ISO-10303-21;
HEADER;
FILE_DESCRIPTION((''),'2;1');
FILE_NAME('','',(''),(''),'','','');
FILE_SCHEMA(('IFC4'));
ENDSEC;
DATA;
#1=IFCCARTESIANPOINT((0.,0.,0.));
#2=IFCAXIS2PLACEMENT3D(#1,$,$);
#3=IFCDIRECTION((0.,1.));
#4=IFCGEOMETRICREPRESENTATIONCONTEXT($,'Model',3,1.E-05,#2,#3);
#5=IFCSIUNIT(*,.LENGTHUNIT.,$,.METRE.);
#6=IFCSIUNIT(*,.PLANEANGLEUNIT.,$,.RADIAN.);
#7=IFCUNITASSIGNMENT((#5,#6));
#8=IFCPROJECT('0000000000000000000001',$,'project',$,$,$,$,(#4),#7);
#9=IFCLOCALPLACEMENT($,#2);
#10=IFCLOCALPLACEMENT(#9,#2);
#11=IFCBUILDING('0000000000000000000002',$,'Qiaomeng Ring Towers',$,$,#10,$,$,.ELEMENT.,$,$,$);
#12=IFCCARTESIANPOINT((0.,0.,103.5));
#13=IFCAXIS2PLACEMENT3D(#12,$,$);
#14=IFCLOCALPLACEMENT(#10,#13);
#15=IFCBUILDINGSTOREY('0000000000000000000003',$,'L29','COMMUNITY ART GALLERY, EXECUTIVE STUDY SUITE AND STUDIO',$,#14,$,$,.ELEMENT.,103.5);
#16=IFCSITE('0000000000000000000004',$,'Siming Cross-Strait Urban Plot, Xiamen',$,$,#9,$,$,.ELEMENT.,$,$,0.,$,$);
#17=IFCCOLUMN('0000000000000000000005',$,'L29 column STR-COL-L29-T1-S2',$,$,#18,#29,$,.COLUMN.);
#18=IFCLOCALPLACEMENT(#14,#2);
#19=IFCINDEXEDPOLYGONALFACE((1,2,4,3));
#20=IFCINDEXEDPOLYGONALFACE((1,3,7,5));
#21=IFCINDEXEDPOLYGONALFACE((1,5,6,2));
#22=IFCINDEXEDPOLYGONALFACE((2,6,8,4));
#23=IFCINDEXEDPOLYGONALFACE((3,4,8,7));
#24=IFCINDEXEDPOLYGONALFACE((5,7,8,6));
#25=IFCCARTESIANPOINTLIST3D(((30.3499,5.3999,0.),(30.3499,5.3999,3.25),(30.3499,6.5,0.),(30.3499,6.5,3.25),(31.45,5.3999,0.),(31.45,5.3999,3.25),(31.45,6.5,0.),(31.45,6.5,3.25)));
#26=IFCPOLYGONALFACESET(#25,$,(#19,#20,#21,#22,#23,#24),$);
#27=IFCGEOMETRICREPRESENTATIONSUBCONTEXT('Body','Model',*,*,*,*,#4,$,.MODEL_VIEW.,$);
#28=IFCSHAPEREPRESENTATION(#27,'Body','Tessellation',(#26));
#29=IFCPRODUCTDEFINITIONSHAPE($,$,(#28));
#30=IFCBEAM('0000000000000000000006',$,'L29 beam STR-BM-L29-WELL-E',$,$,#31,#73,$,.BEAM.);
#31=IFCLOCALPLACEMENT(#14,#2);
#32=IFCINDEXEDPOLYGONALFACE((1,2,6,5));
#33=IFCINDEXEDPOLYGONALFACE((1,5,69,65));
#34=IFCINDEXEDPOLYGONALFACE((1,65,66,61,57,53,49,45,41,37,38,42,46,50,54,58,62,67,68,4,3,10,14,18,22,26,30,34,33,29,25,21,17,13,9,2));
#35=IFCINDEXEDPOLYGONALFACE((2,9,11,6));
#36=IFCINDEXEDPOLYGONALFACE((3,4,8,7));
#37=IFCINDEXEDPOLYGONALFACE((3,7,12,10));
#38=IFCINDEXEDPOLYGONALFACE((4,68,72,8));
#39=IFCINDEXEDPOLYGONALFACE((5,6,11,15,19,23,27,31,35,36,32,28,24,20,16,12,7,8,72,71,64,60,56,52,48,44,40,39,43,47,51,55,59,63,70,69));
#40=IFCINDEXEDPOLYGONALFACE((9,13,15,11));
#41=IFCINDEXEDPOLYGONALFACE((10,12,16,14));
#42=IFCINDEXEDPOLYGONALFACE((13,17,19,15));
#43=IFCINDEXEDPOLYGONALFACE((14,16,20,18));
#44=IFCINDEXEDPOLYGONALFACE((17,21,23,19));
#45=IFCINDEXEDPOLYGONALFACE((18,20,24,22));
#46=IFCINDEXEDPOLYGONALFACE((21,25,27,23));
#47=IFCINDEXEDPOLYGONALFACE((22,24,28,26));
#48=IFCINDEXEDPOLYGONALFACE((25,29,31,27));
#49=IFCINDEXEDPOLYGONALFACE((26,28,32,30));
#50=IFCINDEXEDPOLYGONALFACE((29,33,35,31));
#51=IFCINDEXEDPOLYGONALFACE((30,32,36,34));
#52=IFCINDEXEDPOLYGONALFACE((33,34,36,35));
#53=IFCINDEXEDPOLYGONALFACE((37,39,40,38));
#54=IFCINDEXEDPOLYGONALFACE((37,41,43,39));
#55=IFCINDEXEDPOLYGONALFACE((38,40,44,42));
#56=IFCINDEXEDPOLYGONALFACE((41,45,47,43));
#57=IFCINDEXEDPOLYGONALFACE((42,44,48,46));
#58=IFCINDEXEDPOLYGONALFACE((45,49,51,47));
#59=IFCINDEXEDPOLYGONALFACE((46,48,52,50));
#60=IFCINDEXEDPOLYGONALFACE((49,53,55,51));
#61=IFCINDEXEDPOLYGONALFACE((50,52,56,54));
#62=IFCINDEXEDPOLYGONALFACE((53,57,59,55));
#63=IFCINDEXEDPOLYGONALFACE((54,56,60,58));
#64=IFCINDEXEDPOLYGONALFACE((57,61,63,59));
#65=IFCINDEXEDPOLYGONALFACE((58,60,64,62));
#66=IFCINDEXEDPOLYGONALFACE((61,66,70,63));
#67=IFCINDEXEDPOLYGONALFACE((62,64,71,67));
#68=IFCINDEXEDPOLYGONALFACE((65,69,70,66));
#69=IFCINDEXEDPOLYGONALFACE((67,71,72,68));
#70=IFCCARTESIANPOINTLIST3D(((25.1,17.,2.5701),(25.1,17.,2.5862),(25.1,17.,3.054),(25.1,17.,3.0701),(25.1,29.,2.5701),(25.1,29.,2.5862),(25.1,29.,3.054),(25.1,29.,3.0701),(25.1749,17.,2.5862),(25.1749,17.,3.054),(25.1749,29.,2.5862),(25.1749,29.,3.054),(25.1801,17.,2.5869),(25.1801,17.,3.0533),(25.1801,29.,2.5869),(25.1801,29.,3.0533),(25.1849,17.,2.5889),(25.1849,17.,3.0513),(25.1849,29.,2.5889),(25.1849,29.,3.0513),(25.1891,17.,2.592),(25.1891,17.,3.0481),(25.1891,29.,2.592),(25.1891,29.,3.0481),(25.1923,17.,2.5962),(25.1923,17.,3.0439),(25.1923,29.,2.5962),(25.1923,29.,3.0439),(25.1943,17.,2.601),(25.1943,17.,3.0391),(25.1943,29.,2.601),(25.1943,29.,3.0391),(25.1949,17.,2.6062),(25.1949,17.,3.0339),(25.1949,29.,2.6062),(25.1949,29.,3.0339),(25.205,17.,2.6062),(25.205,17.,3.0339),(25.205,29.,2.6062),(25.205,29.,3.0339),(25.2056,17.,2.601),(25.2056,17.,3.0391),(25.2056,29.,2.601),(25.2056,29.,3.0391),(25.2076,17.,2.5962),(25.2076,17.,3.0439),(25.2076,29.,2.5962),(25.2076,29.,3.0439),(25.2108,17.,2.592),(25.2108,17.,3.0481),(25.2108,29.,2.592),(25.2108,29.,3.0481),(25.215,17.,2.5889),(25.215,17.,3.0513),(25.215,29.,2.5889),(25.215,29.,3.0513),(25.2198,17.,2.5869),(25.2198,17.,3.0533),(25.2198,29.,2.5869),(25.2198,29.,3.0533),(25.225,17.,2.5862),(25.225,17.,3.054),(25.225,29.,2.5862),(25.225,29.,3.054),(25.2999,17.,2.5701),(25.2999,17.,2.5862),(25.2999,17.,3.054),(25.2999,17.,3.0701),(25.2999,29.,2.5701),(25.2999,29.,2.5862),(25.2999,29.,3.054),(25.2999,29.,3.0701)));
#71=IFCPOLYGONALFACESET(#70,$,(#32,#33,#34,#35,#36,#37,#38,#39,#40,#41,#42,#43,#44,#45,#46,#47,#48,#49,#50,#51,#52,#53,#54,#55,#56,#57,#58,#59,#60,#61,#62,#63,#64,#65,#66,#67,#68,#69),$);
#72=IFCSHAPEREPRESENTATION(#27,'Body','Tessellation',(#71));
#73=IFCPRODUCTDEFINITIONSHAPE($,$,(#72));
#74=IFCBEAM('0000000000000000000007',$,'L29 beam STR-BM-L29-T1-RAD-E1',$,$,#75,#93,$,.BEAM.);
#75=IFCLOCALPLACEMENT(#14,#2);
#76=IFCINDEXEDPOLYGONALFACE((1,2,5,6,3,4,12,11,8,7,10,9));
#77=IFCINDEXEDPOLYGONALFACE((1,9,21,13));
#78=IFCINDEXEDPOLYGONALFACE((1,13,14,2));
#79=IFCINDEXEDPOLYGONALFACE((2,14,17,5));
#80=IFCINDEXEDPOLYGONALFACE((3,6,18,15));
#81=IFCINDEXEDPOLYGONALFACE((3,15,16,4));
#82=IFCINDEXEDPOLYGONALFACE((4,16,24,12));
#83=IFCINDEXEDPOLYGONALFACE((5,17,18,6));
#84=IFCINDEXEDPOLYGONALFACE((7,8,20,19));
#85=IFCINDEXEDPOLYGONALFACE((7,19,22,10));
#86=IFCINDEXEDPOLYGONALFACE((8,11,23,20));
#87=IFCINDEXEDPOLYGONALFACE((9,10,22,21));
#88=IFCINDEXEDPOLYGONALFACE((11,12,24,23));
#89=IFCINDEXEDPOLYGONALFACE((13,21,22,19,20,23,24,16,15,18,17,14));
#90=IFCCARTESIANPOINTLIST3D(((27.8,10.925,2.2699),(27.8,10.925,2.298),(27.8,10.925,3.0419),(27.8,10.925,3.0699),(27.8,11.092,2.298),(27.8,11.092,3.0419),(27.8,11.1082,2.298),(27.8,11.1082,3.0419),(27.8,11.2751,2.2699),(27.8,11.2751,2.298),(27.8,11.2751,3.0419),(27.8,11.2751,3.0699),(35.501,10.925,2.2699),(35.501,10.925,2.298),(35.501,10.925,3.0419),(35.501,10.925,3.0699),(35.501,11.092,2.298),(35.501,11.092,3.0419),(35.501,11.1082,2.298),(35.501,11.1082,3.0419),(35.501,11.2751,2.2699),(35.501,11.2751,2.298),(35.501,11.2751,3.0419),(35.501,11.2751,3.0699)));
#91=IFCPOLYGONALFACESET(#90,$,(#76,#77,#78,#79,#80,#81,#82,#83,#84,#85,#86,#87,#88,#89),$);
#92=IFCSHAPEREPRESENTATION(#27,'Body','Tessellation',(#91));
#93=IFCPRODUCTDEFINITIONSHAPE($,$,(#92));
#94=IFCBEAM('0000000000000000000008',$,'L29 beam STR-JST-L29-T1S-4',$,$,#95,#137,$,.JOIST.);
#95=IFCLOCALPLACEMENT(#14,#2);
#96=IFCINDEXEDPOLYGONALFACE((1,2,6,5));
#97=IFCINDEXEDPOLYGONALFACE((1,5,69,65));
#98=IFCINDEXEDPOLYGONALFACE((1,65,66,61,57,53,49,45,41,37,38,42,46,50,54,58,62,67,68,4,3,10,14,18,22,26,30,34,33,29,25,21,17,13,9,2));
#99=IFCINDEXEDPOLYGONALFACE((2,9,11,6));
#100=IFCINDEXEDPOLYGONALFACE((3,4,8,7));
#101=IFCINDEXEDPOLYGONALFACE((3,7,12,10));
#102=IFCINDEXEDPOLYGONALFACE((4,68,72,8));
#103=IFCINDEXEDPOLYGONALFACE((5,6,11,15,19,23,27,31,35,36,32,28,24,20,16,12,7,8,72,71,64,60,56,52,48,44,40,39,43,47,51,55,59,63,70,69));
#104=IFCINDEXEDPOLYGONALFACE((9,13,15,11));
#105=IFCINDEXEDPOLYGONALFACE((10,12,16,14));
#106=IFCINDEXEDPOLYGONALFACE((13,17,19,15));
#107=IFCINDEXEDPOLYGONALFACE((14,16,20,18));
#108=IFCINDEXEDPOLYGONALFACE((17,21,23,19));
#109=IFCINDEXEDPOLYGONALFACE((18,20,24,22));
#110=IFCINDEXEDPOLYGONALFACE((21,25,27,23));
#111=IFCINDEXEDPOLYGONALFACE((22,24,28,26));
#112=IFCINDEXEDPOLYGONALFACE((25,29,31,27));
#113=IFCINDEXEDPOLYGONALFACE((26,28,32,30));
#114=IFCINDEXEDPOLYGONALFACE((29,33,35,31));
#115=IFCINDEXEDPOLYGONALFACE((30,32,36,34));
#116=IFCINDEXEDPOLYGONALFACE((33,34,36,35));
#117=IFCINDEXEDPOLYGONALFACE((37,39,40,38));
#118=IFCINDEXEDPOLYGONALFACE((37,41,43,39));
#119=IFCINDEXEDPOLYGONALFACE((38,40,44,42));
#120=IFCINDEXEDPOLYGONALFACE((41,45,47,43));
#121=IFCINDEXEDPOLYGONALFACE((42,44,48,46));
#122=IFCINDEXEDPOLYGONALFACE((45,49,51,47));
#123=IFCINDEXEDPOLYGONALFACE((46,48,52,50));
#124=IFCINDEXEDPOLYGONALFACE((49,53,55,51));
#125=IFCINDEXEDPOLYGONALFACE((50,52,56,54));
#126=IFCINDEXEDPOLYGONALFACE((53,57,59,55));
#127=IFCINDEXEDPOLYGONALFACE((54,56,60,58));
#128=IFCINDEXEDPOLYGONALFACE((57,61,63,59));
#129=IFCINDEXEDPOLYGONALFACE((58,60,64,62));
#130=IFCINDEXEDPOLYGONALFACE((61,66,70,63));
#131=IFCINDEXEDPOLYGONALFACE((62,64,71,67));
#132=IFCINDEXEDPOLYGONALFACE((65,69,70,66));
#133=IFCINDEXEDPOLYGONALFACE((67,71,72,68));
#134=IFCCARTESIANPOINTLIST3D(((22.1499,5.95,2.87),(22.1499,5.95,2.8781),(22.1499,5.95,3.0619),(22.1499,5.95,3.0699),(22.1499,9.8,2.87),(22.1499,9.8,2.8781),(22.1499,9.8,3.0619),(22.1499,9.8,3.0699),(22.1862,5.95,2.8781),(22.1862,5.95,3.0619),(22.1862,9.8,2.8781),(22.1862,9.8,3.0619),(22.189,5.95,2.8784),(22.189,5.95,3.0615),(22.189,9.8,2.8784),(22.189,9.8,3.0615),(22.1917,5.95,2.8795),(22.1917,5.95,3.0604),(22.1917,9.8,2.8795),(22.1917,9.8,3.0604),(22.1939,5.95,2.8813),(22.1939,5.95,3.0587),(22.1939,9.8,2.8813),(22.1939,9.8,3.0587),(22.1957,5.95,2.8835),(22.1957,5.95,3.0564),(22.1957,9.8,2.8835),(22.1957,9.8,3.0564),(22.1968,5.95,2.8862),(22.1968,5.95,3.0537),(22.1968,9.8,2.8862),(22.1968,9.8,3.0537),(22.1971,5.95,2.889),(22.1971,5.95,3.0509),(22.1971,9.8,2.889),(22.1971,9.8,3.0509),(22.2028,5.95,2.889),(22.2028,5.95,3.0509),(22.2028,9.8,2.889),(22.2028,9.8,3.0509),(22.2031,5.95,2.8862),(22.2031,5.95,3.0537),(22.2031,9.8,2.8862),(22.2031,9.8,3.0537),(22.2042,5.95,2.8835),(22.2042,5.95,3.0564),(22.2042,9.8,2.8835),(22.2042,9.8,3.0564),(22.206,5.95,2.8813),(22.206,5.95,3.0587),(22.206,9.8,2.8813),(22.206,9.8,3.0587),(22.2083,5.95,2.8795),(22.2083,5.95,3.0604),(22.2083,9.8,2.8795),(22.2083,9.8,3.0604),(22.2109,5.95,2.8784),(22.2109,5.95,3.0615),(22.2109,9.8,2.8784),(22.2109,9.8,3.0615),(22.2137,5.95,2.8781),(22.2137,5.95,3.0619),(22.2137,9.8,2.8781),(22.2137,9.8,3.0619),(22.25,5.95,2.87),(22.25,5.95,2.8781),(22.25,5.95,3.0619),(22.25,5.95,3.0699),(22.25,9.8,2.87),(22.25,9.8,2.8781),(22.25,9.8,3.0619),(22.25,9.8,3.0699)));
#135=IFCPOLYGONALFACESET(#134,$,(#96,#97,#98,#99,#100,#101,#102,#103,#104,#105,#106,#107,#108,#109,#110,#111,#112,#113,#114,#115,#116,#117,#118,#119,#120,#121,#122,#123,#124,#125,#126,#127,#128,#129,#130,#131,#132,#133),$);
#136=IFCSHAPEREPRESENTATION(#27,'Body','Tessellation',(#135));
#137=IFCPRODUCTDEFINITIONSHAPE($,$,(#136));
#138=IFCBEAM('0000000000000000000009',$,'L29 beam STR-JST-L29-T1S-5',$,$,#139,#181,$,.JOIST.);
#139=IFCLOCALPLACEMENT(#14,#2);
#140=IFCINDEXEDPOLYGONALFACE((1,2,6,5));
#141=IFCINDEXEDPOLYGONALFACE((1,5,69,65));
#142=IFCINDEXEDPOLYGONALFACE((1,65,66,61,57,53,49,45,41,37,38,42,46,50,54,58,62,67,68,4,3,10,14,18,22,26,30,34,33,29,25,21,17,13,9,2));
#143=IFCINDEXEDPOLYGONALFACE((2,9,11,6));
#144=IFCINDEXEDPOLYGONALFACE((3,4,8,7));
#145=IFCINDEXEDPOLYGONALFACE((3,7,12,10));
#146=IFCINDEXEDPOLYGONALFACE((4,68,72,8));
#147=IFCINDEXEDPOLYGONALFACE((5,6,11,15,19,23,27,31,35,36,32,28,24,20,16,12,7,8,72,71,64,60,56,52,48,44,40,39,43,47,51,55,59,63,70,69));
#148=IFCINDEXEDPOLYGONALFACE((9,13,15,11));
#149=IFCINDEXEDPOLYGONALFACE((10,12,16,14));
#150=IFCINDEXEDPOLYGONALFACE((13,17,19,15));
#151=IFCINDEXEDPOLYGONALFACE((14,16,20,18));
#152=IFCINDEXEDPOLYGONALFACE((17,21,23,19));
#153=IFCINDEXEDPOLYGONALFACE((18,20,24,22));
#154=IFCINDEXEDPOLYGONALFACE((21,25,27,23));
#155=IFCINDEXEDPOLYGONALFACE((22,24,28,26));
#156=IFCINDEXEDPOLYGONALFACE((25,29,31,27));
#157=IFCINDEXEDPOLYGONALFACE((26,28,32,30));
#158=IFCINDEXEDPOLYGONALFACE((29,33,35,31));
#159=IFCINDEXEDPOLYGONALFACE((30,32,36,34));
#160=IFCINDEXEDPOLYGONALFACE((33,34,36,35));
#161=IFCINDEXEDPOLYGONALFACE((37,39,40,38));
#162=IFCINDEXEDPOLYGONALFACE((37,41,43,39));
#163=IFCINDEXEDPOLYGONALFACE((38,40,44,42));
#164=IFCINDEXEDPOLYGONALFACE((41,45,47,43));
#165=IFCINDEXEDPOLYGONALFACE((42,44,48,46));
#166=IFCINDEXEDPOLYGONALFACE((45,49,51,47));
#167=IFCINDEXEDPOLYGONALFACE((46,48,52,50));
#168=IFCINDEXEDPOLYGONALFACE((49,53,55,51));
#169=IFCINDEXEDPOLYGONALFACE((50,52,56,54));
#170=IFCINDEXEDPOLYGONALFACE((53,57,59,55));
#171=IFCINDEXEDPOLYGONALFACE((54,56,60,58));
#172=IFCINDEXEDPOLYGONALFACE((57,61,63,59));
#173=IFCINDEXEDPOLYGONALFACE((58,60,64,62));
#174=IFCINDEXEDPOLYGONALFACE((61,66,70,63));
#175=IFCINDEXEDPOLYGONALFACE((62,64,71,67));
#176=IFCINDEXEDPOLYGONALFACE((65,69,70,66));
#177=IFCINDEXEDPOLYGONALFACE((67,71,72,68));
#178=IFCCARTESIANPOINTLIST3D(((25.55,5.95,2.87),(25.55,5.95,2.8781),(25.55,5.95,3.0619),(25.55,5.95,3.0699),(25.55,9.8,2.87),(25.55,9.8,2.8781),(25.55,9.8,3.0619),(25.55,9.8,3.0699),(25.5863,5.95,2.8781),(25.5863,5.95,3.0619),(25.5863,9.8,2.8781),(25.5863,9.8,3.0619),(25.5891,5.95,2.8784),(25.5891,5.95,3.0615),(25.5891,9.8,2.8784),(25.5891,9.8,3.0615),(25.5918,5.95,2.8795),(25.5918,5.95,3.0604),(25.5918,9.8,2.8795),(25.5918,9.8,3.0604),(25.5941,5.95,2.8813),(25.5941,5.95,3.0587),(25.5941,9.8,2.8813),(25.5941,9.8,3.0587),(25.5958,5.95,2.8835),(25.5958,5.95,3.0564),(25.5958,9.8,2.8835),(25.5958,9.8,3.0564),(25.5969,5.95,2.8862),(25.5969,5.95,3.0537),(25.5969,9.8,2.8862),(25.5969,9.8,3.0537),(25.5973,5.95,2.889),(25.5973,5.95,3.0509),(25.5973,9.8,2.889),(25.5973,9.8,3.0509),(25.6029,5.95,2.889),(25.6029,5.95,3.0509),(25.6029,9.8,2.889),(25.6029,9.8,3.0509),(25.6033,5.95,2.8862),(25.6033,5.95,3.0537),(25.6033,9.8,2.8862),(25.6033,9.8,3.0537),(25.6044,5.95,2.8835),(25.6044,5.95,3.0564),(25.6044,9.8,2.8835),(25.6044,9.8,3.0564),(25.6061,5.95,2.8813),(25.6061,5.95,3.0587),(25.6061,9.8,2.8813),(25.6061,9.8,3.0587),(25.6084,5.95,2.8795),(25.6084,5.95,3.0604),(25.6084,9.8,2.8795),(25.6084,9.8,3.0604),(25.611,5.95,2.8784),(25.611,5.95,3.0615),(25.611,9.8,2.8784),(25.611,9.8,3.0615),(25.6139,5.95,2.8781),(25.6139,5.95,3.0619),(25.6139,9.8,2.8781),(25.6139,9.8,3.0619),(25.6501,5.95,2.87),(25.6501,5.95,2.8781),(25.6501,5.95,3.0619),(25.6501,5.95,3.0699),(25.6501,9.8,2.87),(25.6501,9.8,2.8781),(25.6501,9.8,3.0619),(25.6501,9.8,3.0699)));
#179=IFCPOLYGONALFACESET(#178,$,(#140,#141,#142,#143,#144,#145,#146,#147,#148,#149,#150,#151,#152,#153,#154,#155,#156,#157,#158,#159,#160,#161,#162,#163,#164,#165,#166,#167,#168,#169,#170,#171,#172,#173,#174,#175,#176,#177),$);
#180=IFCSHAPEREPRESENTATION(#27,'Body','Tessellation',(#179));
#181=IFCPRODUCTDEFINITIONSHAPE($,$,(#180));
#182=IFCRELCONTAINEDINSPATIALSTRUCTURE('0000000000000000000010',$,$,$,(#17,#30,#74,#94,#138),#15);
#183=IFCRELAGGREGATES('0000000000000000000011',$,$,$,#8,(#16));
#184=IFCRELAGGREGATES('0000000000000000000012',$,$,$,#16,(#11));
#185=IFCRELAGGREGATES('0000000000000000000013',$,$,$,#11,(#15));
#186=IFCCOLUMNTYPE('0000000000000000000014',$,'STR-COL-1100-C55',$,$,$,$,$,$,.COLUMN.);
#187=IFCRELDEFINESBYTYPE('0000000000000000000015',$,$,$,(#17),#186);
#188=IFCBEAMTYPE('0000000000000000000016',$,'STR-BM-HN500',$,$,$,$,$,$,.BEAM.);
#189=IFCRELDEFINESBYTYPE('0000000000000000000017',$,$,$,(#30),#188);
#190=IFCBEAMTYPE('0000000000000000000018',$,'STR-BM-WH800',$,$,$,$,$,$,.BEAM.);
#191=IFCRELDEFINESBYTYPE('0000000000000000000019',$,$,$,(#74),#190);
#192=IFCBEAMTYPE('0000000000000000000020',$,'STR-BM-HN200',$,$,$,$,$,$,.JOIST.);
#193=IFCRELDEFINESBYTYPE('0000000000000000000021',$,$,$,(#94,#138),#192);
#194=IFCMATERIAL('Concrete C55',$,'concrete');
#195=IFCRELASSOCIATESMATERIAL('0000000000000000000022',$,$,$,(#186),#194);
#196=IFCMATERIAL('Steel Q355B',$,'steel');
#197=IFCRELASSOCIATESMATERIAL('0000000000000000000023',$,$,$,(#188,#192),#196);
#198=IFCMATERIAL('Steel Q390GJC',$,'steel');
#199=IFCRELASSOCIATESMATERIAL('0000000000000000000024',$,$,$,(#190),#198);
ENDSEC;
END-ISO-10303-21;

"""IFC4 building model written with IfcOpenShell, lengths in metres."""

from ifc_helpers import new_model, si_unit, direction, frame, origin, origin_2d, place, context, subcontext, project, spatial, rectangle, i_section, extrude, source, transform, mapped, material, material_profile, profile_set, type_object, element, save


model = new_model("IFC4")

# Units and contexts
model_context = context("Model", 3, precision=1e-05, world=origin(), true_north=direction((0.0, 1.0)))
body_context = subcontext(model_context, "Body", "Model", "MODEL_VIEW")
ifc_project = project(units=[si_unit("LENGTHUNIT", "METRE"), si_unit("PLANEANGLEUNIT", "RADIAN")], contexts=[model_context])

# Site, building, storey
site_placement = place(None, origin())
site = spatial("IfcSite", under=ifc_project, at=site_placement, Name="Siming Cross-Strait Urban Plot, Xiamen", CompositionType="ELEMENT", RefElevation=0.0)
building_placement = place(site_placement, origin())
building = spatial("IfcBuilding", under=site, at=building_placement, Name="Qiaomeng Ring Towers", CompositionType="ELEMENT")
storey_placement = place(building_placement, frame((0.0, 0.0, 103.5)))
storey = spatial("IfcBuildingStorey", under=building, at=storey_placement, Name="L29", Description="COMMUNITY ART GALLERY, EXECUTIVE STUDY SUITE AND STUDIO", CompositionType="ELEMENT", Elevation=103.5)

# Column
ifc_material_1 = material(Name="Concrete C55", Category="concrete")
ifc_material_profile_1 = material_profile(ifc_material_1, rectangle(XDim=1.1001, YDim=1.1001, at=origin_2d()), Name="RC COL 1100x1100")
ifc_profile_set_1 = profile_set([ifc_material_profile_1], Name="Concrete C55")
column_type = type_object("IfcColumnType", Name="STR-COL-1100-C55", PredefinedType="COLUMN", material=ifc_profile_set_1)
shared_shape_1 = source(origin(), body_context, "Body", "SweptSolid", [
    extrude(rectangle(XDim=1.1001, YDim=1.1001, at=origin_2d()), origin(), (0.0, 0.0, 1.0), 3.25),
])
column_placement = place(storey_placement, frame((30.8999, 5.95, 0.0), z_axis=(0.0, 0.0, 1.0), x_axis=(1.0, 0.0, 0.0)))
element("IfcColumn", 1, at=column_placement, inside=storey, type_object=column_type, Name="L29 column STR-COL-L29-T1-S2", PredefinedType="COLUMN", context=body_context, shape_type="MappedRepresentation", body=[
    mapped(shared_shape_1, transform((0.0, 0.0, 0.0), x_axis=(1.0, 0.0, 0.0), y_axis=(0.0, 1.0, 0.0), z_axis=(0.0, 0.0, 1.0), scale=1.0)),
])

# Beams
ifc_material_2 = material(Name="Steel Q355B", Category="steel")
ifc_material_profile_2 = material_profile(ifc_material_2, i_section(OverallWidth=0.2, OverallDepth=0.5, WebThickness=0.01, FlangeThickness=0.0161, FilletRadius=0.02, at=origin_2d()), Name="HN 500x200x10x16")
ifc_profile_set_2 = profile_set([ifc_material_profile_2], Name="Steel Q355B")
beam_type_1 = type_object("IfcBeamType", Name="STR-BM-HN500", PredefinedType="BEAM", material=ifc_profile_set_2)
shared_shape_2 = source(origin(), body_context, "Body", "SweptSolid", [
    extrude(i_section(OverallWidth=0.2, OverallDepth=0.5, WebThickness=0.01, FlangeThickness=0.0161, FilletRadius=0.02, at=origin_2d()), origin(), (0.0, 0.0, 1.0), 12.0),
])
beam_1_placement = place(storey_placement, frame((25.2, 17.0, 2.8201), z_axis=(0.0, 1.0, 0.0), x_axis=(-1.0, 0.0, 0.0)))
element("IfcBeam", 2, at=beam_1_placement, inside=storey, type_object=beam_type_1, Name="L29 beam STR-BM-L29-WELL-E", PredefinedType="BEAM", context=body_context, shape_type="MappedRepresentation", body=[
    mapped(shared_shape_2, transform((0.0, 0.0, 0.0), x_axis=(1.0, 0.0, 0.0), y_axis=(0.0, 1.0, 0.0), z_axis=(0.0, 0.0, 1.0), scale=1.0)),
])
ifc_material_3 = material(Name="Steel Q390GJC", Category="steel")
ifc_material_profile_3 = material_profile(ifc_material_3, i_section(OverallWidth=0.3501, OverallDepth=0.8, WebThickness=0.0161, FlangeThickness=0.0281, at=origin_2d()), Name="WH 800x350x16x28")
ifc_profile_set_3 = profile_set([ifc_material_profile_3], Name="Steel Q390GJC")
beam_type_2 = type_object("IfcBeamType", Name="STR-BM-WH800", PredefinedType="BEAM", material=ifc_profile_set_3)
shared_shape_3 = source(origin(), body_context, "Body", "SweptSolid", [
    extrude(i_section(OverallWidth=0.3501, OverallDepth=0.8, WebThickness=0.0161, FlangeThickness=0.0281, at=origin_2d()), origin(), (0.0, 0.0, 1.0), 7.7009),
])
beam_2_placement = place(storey_placement, frame((27.8, 11.1001, 2.6699), z_axis=(1.0, 0.0, 0.0), x_axis=(0.0, 1.0, 0.0)))
element("IfcBeam", 3, at=beam_2_placement, inside=storey, type_object=beam_type_2, Name="L29 beam STR-BM-L29-T1-RAD-E1", PredefinedType="BEAM", context=body_context, shape_type="MappedRepresentation", body=[
    mapped(shared_shape_3, transform((0.0, 0.0, 0.0), x_axis=(1.0, 0.0, 0.0), y_axis=(0.0, 1.0, 0.0), z_axis=(0.0, 0.0, 1.0), scale=1.0)),
])
ifc_material_profile_4 = material_profile(ifc_material_2, i_section(OverallWidth=0.1001, OverallDepth=0.2, WebThickness=0.0056, FlangeThickness=0.0081, FilletRadius=0.011, at=origin_2d()), Name="HN 200x100x5.5x8")
ifc_profile_set_4 = profile_set([ifc_material_profile_4], Name="Steel Q355B")
beam_type_3 = type_object("IfcBeamType", Name="STR-BM-HN200", PredefinedType="JOIST", material=ifc_profile_set_4)
shared_shape_4 = source(origin(), body_context, "Body", "SweptSolid", [
    extrude(i_section(OverallWidth=0.1001, OverallDepth=0.2, WebThickness=0.0056, FlangeThickness=0.0081, FilletRadius=0.011, at=origin_2d()), origin(), (0.0, 0.0, 1.0), 3.8501),
])
for number, where, z_axis, x_axis, name in (
    (4, (22.2, 5.95, 2.97), (0.0, 1.0, 0.0), (-1.0, 0.0, 0.0), "L29 beam STR-JST-L29-T1S-4"),
    (5, (25.6001, 5.95, 2.97), (0.0, 1.0, 0.0), (-1.0, 0.0, 0.0), "L29 beam STR-JST-L29-T1S-5"),
):
    element("IfcBeam", number, at=place(storey_placement, frame(where, z_axis=z_axis, x_axis=x_axis)), inside=storey, type_object=beam_type_3, Name=name, PredefinedType="JOIST", context=body_context, shape_type="MappedRepresentation", body=[
        mapped(shared_shape_4, transform((0.0, 0.0, 0.0), x_axis=(1.0, 0.0, 0.0), y_axis=(0.0, 1.0, 0.0), z_axis=(0.0, 0.0, 1.0), scale=1.0)),
    ])

save(model, "model.ifc")
